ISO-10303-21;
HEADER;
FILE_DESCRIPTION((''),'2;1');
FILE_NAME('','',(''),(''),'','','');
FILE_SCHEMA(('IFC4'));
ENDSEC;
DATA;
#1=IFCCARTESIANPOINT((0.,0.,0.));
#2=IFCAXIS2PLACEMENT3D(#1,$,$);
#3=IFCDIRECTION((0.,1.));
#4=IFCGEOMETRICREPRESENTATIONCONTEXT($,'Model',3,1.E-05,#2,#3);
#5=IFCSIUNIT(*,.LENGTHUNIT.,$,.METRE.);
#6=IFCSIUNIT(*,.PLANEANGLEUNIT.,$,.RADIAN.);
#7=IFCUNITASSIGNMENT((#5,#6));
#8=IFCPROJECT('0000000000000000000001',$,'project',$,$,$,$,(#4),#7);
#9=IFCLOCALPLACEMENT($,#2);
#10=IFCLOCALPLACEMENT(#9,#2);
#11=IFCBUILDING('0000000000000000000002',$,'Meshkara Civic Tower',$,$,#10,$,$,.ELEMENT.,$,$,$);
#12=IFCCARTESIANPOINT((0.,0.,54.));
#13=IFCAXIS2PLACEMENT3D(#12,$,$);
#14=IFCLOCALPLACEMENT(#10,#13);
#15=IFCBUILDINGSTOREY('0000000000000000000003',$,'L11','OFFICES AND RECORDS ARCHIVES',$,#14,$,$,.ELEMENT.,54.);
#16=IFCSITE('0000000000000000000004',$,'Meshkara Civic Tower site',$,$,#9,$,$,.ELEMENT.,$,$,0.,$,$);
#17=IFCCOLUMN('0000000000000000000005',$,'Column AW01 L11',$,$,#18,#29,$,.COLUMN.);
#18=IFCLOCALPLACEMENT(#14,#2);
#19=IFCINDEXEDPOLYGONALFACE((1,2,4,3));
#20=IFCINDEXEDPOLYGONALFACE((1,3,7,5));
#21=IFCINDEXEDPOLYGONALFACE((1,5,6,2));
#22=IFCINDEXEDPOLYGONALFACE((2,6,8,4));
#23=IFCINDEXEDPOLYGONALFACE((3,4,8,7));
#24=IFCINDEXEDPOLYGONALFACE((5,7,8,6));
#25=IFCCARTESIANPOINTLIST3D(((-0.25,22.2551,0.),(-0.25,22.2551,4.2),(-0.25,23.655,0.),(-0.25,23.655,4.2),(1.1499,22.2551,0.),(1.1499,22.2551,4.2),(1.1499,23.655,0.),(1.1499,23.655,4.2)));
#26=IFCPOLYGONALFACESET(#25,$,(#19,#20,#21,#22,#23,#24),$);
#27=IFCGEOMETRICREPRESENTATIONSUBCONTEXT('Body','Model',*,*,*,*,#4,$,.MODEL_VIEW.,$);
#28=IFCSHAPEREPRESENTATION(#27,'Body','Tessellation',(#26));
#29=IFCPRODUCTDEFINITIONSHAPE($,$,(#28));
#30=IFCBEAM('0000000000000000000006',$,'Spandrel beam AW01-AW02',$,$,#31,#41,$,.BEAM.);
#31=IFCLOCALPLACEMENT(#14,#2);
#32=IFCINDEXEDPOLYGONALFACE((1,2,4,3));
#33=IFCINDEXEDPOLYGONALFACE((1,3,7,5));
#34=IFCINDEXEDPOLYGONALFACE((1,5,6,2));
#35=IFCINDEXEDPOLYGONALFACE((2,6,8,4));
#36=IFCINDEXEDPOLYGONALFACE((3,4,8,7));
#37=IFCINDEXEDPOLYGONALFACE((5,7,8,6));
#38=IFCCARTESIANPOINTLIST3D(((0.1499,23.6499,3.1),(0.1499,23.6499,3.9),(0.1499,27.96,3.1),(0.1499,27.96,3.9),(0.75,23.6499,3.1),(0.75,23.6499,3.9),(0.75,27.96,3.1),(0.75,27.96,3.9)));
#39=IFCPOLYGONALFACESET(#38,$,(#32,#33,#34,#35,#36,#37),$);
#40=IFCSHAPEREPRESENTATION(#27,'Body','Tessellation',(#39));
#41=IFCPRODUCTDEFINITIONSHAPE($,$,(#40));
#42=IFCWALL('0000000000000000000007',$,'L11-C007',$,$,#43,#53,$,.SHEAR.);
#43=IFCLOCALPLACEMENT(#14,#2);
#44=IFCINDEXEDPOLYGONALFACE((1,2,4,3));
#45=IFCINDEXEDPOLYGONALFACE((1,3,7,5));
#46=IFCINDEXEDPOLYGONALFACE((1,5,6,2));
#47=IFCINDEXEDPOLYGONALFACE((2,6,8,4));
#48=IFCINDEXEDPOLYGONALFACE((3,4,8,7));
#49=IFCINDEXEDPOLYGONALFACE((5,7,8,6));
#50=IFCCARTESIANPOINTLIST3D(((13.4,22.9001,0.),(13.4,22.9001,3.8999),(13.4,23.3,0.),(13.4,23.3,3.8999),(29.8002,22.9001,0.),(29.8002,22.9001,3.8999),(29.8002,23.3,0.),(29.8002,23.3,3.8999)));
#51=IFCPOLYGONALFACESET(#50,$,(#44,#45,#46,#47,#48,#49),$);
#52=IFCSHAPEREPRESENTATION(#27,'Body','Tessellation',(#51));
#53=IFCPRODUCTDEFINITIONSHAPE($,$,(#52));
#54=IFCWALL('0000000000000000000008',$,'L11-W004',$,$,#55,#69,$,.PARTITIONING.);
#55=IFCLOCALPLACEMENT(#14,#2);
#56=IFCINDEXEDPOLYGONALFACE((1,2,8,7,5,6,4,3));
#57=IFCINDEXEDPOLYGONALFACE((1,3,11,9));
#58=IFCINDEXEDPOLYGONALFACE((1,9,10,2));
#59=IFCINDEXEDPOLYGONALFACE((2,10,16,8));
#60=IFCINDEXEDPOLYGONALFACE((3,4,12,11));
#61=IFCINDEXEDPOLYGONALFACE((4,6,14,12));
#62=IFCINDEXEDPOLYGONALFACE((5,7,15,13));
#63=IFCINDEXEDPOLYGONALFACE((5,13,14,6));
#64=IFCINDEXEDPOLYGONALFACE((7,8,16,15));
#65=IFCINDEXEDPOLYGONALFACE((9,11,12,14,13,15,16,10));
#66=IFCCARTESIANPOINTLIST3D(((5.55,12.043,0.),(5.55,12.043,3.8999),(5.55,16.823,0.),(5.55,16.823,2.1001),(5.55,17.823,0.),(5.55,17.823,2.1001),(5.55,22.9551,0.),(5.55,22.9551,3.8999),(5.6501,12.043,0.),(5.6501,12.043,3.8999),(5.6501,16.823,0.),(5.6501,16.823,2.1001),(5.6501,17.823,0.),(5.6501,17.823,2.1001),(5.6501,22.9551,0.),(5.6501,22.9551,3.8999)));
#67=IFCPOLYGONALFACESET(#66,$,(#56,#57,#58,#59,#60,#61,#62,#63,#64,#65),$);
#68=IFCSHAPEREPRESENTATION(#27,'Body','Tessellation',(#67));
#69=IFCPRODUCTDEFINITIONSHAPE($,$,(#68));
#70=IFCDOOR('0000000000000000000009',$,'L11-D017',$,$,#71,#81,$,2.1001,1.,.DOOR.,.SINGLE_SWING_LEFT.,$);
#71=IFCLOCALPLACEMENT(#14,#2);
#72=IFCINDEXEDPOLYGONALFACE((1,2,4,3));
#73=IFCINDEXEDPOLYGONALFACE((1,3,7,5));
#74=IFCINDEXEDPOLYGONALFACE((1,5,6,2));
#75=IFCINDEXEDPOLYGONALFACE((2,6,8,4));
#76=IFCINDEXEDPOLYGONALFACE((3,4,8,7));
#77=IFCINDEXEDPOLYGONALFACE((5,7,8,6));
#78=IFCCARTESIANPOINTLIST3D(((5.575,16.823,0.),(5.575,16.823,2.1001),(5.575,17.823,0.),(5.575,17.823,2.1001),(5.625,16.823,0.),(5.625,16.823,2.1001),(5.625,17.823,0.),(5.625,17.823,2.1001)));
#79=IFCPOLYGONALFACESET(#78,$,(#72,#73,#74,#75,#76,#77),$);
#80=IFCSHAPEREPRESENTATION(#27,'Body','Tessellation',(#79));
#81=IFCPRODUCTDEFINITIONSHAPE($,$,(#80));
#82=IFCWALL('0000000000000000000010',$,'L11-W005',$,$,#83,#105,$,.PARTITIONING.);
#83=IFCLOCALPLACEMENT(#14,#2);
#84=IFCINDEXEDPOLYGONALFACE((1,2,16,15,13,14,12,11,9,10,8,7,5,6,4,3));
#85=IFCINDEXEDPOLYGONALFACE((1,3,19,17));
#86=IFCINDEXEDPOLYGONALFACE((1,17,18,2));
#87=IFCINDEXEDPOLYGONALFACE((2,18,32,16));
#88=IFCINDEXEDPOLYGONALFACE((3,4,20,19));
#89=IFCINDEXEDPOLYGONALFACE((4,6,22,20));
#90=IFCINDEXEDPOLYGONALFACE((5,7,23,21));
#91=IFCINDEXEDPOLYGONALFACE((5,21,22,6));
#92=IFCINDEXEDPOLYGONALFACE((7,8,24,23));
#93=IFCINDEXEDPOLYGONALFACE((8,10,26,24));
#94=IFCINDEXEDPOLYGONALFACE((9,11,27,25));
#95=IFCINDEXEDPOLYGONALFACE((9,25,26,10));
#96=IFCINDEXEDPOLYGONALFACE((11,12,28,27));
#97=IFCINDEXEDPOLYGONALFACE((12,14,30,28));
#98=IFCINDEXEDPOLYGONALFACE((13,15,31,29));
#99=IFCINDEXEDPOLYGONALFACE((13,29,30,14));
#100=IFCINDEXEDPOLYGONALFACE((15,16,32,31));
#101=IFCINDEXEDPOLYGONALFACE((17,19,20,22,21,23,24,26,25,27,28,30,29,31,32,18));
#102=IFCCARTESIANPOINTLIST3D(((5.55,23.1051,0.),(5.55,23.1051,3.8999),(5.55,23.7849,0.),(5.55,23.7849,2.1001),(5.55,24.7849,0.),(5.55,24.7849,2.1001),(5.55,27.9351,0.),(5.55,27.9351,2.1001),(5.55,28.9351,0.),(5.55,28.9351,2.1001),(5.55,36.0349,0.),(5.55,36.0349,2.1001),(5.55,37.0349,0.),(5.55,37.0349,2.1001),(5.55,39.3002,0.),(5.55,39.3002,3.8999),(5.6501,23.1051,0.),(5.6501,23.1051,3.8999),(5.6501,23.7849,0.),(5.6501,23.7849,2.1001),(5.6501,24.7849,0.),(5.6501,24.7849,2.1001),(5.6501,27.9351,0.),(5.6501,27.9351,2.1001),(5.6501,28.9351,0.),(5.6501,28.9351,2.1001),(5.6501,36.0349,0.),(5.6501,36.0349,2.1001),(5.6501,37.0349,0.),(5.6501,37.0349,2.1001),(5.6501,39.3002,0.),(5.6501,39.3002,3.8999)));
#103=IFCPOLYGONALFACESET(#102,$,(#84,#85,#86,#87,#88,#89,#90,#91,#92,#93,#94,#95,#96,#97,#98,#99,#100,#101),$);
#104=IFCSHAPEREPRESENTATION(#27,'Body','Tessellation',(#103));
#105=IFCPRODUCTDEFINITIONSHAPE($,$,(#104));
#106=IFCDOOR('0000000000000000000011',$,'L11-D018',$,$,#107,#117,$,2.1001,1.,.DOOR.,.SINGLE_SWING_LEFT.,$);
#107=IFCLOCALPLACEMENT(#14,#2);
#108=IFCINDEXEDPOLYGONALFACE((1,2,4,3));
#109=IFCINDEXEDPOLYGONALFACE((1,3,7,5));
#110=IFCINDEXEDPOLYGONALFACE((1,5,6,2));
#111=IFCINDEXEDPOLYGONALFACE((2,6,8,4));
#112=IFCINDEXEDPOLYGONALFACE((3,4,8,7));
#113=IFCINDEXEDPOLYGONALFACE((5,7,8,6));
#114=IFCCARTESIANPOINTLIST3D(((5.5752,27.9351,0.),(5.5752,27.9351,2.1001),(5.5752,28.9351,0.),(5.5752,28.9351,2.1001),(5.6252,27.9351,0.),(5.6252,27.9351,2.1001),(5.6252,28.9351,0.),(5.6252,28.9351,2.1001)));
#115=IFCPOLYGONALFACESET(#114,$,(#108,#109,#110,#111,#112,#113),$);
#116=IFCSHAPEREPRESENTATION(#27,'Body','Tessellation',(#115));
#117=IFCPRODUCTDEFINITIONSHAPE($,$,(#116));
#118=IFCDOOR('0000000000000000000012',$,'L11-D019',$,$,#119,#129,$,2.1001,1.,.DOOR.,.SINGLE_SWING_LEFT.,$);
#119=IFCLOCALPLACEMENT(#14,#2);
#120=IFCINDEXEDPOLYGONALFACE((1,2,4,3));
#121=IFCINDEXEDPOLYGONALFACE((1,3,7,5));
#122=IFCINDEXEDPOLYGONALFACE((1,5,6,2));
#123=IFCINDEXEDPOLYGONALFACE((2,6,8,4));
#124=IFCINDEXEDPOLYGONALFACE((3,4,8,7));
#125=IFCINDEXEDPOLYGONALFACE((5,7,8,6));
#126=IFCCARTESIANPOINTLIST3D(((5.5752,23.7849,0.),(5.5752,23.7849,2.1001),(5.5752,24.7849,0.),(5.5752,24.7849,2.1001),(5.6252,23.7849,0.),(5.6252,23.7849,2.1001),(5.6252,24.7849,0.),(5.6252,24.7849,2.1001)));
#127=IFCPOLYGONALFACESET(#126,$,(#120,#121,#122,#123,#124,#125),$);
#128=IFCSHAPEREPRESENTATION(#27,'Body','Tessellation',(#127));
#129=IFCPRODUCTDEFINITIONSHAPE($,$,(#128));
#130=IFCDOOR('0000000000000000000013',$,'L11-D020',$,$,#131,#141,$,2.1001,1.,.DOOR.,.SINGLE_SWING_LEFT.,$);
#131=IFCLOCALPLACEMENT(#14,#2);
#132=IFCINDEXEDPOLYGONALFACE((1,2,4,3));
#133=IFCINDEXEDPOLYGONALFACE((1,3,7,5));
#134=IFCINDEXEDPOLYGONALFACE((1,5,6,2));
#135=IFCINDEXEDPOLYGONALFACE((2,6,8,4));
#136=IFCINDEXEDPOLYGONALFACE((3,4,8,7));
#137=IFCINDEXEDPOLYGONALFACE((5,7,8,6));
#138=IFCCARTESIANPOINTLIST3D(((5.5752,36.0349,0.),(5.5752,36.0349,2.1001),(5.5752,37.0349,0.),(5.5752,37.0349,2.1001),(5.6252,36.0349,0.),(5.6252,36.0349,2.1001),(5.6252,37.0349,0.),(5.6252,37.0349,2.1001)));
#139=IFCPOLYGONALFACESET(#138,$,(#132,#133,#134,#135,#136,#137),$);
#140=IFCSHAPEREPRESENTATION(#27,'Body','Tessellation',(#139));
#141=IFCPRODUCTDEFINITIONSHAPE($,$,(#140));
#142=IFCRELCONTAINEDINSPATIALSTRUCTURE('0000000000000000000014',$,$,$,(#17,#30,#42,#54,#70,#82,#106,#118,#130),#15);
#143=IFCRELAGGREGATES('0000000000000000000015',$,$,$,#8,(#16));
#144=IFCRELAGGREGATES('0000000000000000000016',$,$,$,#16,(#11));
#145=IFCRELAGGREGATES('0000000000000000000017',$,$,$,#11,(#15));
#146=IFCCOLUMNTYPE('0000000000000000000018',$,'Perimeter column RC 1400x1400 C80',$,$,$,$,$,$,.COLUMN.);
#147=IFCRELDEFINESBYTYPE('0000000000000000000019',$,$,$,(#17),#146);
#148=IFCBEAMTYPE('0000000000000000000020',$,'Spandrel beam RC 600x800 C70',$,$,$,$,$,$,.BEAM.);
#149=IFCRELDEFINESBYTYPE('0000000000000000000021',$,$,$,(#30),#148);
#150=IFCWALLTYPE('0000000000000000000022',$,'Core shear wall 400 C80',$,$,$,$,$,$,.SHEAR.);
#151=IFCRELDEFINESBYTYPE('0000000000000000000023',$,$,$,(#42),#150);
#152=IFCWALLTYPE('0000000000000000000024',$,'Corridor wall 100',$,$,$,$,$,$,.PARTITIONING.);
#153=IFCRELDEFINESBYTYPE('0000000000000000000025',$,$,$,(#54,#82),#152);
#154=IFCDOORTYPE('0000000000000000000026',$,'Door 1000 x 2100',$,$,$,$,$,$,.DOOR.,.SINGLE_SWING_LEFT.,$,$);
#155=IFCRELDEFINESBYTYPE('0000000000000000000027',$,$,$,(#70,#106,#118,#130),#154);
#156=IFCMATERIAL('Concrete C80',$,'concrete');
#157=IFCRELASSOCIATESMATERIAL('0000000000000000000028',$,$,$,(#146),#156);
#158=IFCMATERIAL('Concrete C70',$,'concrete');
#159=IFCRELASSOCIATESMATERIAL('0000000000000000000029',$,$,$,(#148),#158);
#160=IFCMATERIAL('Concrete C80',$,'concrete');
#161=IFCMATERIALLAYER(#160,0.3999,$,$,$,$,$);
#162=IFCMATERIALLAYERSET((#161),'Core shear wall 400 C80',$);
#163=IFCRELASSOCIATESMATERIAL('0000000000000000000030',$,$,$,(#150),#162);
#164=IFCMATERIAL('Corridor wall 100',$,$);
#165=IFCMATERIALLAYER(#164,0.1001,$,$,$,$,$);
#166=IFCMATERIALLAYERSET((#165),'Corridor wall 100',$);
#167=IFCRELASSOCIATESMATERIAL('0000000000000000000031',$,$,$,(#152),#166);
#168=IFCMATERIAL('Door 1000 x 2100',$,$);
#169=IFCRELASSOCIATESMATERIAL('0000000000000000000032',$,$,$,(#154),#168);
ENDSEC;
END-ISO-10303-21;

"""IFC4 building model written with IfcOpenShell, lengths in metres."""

from ifc_helpers import new_model, si_unit, direction, frame, frame_2d, origin, origin_2d, place, context, subcontext, project, spatial, rectangle, extrude, material, layer, layer_set, material_profile, profile_set, type_object, element, fill, save


model = new_model("IFC4")

# Units and contexts
model_context = context("Model", 3, precision=1e-05, world=origin(), true_north=direction((0.0, 1.0)))
body_context = subcontext(model_context, "Body", "Model", "MODEL_VIEW")
ifc_project = project(units=[si_unit("LENGTHUNIT", "METRE"), si_unit("PLANEANGLEUNIT", "RADIAN")], contexts=[model_context])

# Site, building, storey
site_placement = place(None, origin())
site = spatial("IfcSite", under=ifc_project, at=site_placement, Name="Meshkara Civic Tower site", CompositionType="ELEMENT", RefElevation=0.0)
building_placement = place(site_placement, origin())
building = spatial("IfcBuilding", under=site, at=building_placement, Name="Meshkara Civic Tower", CompositionType="ELEMENT")
storey_placement = place(building_placement, frame((0.0, 0.0, 54.0)))
storey = spatial("IfcBuildingStorey", under=building, at=storey_placement, Name="L11", Description="OFFICES AND RECORDS ARCHIVES", CompositionType="ELEMENT", Elevation=54.0)

# Column
ifc_material_1 = material(Name="Concrete C80", Category="concrete")
ifc_material_profile_1 = material_profile(ifc_material_1, rectangle(XDim=1.3999, YDim=1.3999, at=origin_2d()))
ifc_profile_set_1 = profile_set([ifc_material_profile_1], Name="Concrete C80")
column_type = type_object("IfcColumnType", Name="Perimeter column RC 1400x1400 C80", PredefinedType="COLUMN", material=ifc_profile_set_1)
column_placement = place(storey_placement, frame((0.45, 22.9551, 0.0), z_axis=(0.0, 0.0, 1.0), x_axis=(1.0, 0.0, 0.0)))
element("IfcColumn", 1, at=column_placement, inside=storey, type_object=column_type, Name="Column AW01 L11", PredefinedType="COLUMN", context=body_context, shape_type="SweptSolid", body=[
    extrude(rectangle(XDim=1.3999, YDim=1.3999, at=origin_2d()), origin(), (0.0, 0.0, 1.0), 4.2),
])

# Beam
ifc_material_2 = material(Name="Concrete C70", Category="concrete")
ifc_material_profile_2 = material_profile(ifc_material_2, rectangle(XDim=0.6001, YDim=0.8, at=origin_2d()))
ifc_profile_set_2 = profile_set([ifc_material_profile_2], Name="Concrete C70")
beam_type = type_object("IfcBeamType", Name="Spandrel beam RC 600x800 C70", PredefinedType="BEAM", material=ifc_profile_set_2)
beam_placement = place(storey_placement, frame((0.45, 27.96, 3.5), z_axis=(0.0, -1.0, 0.0), x_axis=(1.0, 0.0, 0.0)))
element("IfcBeam", 2, at=beam_placement, inside=storey, type_object=beam_type, Name="Spandrel beam AW01-AW02", PredefinedType="BEAM", context=body_context, shape_type="SweptSolid", body=[
    extrude(rectangle(XDim=0.6001, YDim=0.8, at=origin_2d()), origin(), (0.0, 0.0, 1.0), 4.3101),
])

# Wall
ifc_material_3 = material(Name="Concrete C80", Category="concrete")
ifc_layer_1 = layer(ifc_material_3, 0.3999)
ifc_layer_set_1 = layer_set([ifc_layer_1], Name="Core shear wall 400 C80")
wall_type_1 = type_object("IfcWallType", Name="Core shear wall 400 C80", PredefinedType="SHEAR", material=ifc_layer_set_1)
wall_1_placement = place(storey_placement, frame((13.3999, 23.1001, 0.0), z_axis=(0.0, 0.0, 1.0), x_axis=(1.0, 0.0, 0.0)))
element("IfcWall", 3, at=wall_1_placement, inside=storey, type_object=wall_type_1, Name="L11-C007", PredefinedType="SHEAR", context=body_context, shape_type="SweptSolid", body=[
    extrude(rectangle(XDim=16.4001, YDim=0.3999, at=frame_2d((8.2002, 0.0))), origin(), (0.0, 0.0, 1.0), 3.8999),
])

# Wall, opening, door
ifc_material_4 = material(Name="Corridor wall 100")
ifc_layer_2 = layer(ifc_material_4, 0.1001)
ifc_layer_set_2 = layer_set([ifc_layer_2], Name="Corridor wall 100")
wall_type_2 = type_object("IfcWallType", Name="Corridor wall 100", PredefinedType="PARTITIONING", material=ifc_layer_set_2)
wall_2_placement = place(storey_placement, frame((5.6001, 22.9551, 0.0), z_axis=(0.0, 0.0, 1.0), x_axis=(0.0, -1.0, 0.0)))
wall_2 = element("IfcWall", 4, at=wall_2_placement, inside=storey, type_object=wall_type_2, Name="L11-W004", PredefinedType="PARTITIONING", context=body_context, shape_type="SweptSolid", body=[
    extrude(rectangle(XDim=10.9121, YDim=0.1001, at=frame_2d((5.4561, 0.0))), origin(), (0.0, 0.0, 1.0), 3.8999),
])
opening_1_placement = place(wall_2_placement, frame((5.1321, 0.0, 0.0)))
opening_1 = element("IfcOpeningElement", 5, at=opening_1_placement, cuts=wall_2, PredefinedType="OPENING", context=body_context, shape_type="SweptSolid", body=[
    extrude(rectangle(XDim=1.0, YDim=2.1001, at=frame_2d((0.5, 1.05))), frame((0.0, 0.0601, 0.0), z_axis=(0.0, -1.0, 0.0), x_axis=(1.0, 0.0, 0.0)), (0.0, 0.0, 1.0), 0.1201),
])
ifc_material_5 = material(Name="Door 1000 x 2100")
door_type_1 = type_object("IfcDoorType", Name="Door 1000 x 2100", OperationType="SINGLE_SWING_LEFT", PredefinedType="DOOR", material=ifc_material_5)
door_1_placement = place(opening_1_placement, origin())
door_1 = element("IfcDoor", 6, at=door_1_placement, inside=storey, type_object=door_type_1, Name="L11-D017", OperationType="SINGLE_SWING_LEFT", OverallHeight=2.1001, OverallWidth=1.0, PredefinedType="DOOR", context=body_context, shape_type="SweptSolid", body=[
    extrude(rectangle(XDim=1.0, YDim=2.1001, at=frame_2d((0.5, 1.05))), frame((0.0, 0.0249, 0.0), z_axis=(0.0, -1.0, 0.0), x_axis=(1.0, 0.0, 0.0)), (0.0, 0.0, 1.0), 0.05),
])
fill(opening_1, door_1)

# Wall, openings, doors
wall_3_placement = place(storey_placement, frame((5.6001, 23.105, 0.0), z_axis=(0.0, 0.0, 1.0), x_axis=(0.0, 1.0, 0.0)))
wall_3 = element("IfcWall", 7, at=wall_3_placement, inside=storey, type_object=wall_type_2, Name="L11-W005", PredefinedType="PARTITIONING", context=body_context, shape_type="SweptSolid", body=[
    extrude(rectangle(XDim=16.1951, YDim=0.1001, at=frame_2d((8.0977, 0.0))), origin(), (0.0, 0.0, 1.0), 3.8999),
])
opening_2_placement = place(wall_3_placement, frame((4.8301, 0.0, 0.0)))
opening_2 = element("IfcOpeningElement", 8, at=opening_2_placement, cuts=wall_3, PredefinedType="OPENING", context=body_context, shape_type="SweptSolid", body=[
    extrude(rectangle(XDim=1.0, YDim=2.1001, at=frame_2d((0.5, 1.05))), frame((0.0, 0.0601, 0.0), z_axis=(0.0, -1.0, 0.0), x_axis=(1.0, 0.0, 0.0)), (0.0, 0.0, 1.0), 0.1201),
])
opening_3_placement = place(wall_3_placement, frame((0.6799, 0.0, 0.0)))
opening_3 = element("IfcOpeningElement", 9, at=opening_3_placement, cuts=wall_3, PredefinedType="OPENING", context=body_context, shape_type="SweptSolid", body=[
    extrude(rectangle(XDim=1.0, YDim=2.1001, at=frame_2d((0.5, 1.05))), frame((0.0, 0.0601, 0.0), z_axis=(0.0, -1.0, 0.0), x_axis=(1.0, 0.0, 0.0)), (0.0, 0.0, 1.0), 0.1201),
])
opening_4_placement = place(wall_3_placement, frame((12.9299, 0.0, 0.0)))
opening_4 = element("IfcOpeningElement", 10, at=opening_4_placement, cuts=wall_3, PredefinedType="OPENING", context=body_context, shape_type="SweptSolid", body=[
    extrude(rectangle(XDim=1.0, YDim=2.1001, at=frame_2d((0.5, 1.05))), frame((0.0, 0.0601, 0.0), z_axis=(0.0, -1.0, 0.0), x_axis=(1.0, 0.0, 0.0)), (0.0, 0.0, 1.0), 0.1201),
])
door_2_placement = place(opening_2_placement, origin())
door_2 = element("IfcDoor", 11, at=door_2_placement, inside=storey, type_object=door_type_1, Name="L11-D018", OperationType="SINGLE_SWING_LEFT", OverallHeight=2.1001, OverallWidth=1.0, PredefinedType="DOOR", context=body_context, shape_type="SweptSolid", body=[
    extrude(rectangle(XDim=1.0, YDim=2.1001, at=frame_2d((0.5, 1.05))), frame((0.0, 0.0249, 0.0), z_axis=(0.0, -1.0, 0.0), x_axis=(1.0, 0.0, 0.0)), (0.0, 0.0, 1.0), 0.05),
])
fill(opening_2, door_2)
door_3_placement = place(opening_3_placement, origin())
door_3 = element("IfcDoor", 12, at=door_3_placement, inside=storey, type_object=door_type_1, Name="L11-D019", OperationType="SINGLE_SWING_LEFT", OverallHeight=2.1001, OverallWidth=1.0, PredefinedType="DOOR", context=body_context, shape_type="SweptSolid", body=[
    extrude(rectangle(XDim=1.0, YDim=2.1001, at=frame_2d((0.5, 1.05))), frame((0.0, 0.0249, 0.0), z_axis=(0.0, -1.0, 0.0), x_axis=(1.0, 0.0, 0.0)), (0.0, 0.0, 1.0), 0.05),
])
fill(opening_3, door_3)
door_4_placement = place(opening_4_placement, origin())
door_4 = element("IfcDoor", 13, at=door_4_placement, inside=storey, type_object=door_type_1, Name="L11-D020", OperationType="SINGLE_SWING_LEFT", OverallHeight=2.1001, OverallWidth=1.0, PredefinedType="DOOR", context=body_context, shape_type="SweptSolid", body=[
    extrude(rectangle(XDim=1.0, YDim=2.1001, at=frame_2d((0.5, 1.05))), frame((0.0, 0.0249, 0.0), z_axis=(0.0, -1.0, 0.0), x_axis=(1.0, 0.0, 0.0)), (0.0, 0.0, 1.0), 0.05),
])
fill(opening_4, door_4)

save(model, "model.ifc")
